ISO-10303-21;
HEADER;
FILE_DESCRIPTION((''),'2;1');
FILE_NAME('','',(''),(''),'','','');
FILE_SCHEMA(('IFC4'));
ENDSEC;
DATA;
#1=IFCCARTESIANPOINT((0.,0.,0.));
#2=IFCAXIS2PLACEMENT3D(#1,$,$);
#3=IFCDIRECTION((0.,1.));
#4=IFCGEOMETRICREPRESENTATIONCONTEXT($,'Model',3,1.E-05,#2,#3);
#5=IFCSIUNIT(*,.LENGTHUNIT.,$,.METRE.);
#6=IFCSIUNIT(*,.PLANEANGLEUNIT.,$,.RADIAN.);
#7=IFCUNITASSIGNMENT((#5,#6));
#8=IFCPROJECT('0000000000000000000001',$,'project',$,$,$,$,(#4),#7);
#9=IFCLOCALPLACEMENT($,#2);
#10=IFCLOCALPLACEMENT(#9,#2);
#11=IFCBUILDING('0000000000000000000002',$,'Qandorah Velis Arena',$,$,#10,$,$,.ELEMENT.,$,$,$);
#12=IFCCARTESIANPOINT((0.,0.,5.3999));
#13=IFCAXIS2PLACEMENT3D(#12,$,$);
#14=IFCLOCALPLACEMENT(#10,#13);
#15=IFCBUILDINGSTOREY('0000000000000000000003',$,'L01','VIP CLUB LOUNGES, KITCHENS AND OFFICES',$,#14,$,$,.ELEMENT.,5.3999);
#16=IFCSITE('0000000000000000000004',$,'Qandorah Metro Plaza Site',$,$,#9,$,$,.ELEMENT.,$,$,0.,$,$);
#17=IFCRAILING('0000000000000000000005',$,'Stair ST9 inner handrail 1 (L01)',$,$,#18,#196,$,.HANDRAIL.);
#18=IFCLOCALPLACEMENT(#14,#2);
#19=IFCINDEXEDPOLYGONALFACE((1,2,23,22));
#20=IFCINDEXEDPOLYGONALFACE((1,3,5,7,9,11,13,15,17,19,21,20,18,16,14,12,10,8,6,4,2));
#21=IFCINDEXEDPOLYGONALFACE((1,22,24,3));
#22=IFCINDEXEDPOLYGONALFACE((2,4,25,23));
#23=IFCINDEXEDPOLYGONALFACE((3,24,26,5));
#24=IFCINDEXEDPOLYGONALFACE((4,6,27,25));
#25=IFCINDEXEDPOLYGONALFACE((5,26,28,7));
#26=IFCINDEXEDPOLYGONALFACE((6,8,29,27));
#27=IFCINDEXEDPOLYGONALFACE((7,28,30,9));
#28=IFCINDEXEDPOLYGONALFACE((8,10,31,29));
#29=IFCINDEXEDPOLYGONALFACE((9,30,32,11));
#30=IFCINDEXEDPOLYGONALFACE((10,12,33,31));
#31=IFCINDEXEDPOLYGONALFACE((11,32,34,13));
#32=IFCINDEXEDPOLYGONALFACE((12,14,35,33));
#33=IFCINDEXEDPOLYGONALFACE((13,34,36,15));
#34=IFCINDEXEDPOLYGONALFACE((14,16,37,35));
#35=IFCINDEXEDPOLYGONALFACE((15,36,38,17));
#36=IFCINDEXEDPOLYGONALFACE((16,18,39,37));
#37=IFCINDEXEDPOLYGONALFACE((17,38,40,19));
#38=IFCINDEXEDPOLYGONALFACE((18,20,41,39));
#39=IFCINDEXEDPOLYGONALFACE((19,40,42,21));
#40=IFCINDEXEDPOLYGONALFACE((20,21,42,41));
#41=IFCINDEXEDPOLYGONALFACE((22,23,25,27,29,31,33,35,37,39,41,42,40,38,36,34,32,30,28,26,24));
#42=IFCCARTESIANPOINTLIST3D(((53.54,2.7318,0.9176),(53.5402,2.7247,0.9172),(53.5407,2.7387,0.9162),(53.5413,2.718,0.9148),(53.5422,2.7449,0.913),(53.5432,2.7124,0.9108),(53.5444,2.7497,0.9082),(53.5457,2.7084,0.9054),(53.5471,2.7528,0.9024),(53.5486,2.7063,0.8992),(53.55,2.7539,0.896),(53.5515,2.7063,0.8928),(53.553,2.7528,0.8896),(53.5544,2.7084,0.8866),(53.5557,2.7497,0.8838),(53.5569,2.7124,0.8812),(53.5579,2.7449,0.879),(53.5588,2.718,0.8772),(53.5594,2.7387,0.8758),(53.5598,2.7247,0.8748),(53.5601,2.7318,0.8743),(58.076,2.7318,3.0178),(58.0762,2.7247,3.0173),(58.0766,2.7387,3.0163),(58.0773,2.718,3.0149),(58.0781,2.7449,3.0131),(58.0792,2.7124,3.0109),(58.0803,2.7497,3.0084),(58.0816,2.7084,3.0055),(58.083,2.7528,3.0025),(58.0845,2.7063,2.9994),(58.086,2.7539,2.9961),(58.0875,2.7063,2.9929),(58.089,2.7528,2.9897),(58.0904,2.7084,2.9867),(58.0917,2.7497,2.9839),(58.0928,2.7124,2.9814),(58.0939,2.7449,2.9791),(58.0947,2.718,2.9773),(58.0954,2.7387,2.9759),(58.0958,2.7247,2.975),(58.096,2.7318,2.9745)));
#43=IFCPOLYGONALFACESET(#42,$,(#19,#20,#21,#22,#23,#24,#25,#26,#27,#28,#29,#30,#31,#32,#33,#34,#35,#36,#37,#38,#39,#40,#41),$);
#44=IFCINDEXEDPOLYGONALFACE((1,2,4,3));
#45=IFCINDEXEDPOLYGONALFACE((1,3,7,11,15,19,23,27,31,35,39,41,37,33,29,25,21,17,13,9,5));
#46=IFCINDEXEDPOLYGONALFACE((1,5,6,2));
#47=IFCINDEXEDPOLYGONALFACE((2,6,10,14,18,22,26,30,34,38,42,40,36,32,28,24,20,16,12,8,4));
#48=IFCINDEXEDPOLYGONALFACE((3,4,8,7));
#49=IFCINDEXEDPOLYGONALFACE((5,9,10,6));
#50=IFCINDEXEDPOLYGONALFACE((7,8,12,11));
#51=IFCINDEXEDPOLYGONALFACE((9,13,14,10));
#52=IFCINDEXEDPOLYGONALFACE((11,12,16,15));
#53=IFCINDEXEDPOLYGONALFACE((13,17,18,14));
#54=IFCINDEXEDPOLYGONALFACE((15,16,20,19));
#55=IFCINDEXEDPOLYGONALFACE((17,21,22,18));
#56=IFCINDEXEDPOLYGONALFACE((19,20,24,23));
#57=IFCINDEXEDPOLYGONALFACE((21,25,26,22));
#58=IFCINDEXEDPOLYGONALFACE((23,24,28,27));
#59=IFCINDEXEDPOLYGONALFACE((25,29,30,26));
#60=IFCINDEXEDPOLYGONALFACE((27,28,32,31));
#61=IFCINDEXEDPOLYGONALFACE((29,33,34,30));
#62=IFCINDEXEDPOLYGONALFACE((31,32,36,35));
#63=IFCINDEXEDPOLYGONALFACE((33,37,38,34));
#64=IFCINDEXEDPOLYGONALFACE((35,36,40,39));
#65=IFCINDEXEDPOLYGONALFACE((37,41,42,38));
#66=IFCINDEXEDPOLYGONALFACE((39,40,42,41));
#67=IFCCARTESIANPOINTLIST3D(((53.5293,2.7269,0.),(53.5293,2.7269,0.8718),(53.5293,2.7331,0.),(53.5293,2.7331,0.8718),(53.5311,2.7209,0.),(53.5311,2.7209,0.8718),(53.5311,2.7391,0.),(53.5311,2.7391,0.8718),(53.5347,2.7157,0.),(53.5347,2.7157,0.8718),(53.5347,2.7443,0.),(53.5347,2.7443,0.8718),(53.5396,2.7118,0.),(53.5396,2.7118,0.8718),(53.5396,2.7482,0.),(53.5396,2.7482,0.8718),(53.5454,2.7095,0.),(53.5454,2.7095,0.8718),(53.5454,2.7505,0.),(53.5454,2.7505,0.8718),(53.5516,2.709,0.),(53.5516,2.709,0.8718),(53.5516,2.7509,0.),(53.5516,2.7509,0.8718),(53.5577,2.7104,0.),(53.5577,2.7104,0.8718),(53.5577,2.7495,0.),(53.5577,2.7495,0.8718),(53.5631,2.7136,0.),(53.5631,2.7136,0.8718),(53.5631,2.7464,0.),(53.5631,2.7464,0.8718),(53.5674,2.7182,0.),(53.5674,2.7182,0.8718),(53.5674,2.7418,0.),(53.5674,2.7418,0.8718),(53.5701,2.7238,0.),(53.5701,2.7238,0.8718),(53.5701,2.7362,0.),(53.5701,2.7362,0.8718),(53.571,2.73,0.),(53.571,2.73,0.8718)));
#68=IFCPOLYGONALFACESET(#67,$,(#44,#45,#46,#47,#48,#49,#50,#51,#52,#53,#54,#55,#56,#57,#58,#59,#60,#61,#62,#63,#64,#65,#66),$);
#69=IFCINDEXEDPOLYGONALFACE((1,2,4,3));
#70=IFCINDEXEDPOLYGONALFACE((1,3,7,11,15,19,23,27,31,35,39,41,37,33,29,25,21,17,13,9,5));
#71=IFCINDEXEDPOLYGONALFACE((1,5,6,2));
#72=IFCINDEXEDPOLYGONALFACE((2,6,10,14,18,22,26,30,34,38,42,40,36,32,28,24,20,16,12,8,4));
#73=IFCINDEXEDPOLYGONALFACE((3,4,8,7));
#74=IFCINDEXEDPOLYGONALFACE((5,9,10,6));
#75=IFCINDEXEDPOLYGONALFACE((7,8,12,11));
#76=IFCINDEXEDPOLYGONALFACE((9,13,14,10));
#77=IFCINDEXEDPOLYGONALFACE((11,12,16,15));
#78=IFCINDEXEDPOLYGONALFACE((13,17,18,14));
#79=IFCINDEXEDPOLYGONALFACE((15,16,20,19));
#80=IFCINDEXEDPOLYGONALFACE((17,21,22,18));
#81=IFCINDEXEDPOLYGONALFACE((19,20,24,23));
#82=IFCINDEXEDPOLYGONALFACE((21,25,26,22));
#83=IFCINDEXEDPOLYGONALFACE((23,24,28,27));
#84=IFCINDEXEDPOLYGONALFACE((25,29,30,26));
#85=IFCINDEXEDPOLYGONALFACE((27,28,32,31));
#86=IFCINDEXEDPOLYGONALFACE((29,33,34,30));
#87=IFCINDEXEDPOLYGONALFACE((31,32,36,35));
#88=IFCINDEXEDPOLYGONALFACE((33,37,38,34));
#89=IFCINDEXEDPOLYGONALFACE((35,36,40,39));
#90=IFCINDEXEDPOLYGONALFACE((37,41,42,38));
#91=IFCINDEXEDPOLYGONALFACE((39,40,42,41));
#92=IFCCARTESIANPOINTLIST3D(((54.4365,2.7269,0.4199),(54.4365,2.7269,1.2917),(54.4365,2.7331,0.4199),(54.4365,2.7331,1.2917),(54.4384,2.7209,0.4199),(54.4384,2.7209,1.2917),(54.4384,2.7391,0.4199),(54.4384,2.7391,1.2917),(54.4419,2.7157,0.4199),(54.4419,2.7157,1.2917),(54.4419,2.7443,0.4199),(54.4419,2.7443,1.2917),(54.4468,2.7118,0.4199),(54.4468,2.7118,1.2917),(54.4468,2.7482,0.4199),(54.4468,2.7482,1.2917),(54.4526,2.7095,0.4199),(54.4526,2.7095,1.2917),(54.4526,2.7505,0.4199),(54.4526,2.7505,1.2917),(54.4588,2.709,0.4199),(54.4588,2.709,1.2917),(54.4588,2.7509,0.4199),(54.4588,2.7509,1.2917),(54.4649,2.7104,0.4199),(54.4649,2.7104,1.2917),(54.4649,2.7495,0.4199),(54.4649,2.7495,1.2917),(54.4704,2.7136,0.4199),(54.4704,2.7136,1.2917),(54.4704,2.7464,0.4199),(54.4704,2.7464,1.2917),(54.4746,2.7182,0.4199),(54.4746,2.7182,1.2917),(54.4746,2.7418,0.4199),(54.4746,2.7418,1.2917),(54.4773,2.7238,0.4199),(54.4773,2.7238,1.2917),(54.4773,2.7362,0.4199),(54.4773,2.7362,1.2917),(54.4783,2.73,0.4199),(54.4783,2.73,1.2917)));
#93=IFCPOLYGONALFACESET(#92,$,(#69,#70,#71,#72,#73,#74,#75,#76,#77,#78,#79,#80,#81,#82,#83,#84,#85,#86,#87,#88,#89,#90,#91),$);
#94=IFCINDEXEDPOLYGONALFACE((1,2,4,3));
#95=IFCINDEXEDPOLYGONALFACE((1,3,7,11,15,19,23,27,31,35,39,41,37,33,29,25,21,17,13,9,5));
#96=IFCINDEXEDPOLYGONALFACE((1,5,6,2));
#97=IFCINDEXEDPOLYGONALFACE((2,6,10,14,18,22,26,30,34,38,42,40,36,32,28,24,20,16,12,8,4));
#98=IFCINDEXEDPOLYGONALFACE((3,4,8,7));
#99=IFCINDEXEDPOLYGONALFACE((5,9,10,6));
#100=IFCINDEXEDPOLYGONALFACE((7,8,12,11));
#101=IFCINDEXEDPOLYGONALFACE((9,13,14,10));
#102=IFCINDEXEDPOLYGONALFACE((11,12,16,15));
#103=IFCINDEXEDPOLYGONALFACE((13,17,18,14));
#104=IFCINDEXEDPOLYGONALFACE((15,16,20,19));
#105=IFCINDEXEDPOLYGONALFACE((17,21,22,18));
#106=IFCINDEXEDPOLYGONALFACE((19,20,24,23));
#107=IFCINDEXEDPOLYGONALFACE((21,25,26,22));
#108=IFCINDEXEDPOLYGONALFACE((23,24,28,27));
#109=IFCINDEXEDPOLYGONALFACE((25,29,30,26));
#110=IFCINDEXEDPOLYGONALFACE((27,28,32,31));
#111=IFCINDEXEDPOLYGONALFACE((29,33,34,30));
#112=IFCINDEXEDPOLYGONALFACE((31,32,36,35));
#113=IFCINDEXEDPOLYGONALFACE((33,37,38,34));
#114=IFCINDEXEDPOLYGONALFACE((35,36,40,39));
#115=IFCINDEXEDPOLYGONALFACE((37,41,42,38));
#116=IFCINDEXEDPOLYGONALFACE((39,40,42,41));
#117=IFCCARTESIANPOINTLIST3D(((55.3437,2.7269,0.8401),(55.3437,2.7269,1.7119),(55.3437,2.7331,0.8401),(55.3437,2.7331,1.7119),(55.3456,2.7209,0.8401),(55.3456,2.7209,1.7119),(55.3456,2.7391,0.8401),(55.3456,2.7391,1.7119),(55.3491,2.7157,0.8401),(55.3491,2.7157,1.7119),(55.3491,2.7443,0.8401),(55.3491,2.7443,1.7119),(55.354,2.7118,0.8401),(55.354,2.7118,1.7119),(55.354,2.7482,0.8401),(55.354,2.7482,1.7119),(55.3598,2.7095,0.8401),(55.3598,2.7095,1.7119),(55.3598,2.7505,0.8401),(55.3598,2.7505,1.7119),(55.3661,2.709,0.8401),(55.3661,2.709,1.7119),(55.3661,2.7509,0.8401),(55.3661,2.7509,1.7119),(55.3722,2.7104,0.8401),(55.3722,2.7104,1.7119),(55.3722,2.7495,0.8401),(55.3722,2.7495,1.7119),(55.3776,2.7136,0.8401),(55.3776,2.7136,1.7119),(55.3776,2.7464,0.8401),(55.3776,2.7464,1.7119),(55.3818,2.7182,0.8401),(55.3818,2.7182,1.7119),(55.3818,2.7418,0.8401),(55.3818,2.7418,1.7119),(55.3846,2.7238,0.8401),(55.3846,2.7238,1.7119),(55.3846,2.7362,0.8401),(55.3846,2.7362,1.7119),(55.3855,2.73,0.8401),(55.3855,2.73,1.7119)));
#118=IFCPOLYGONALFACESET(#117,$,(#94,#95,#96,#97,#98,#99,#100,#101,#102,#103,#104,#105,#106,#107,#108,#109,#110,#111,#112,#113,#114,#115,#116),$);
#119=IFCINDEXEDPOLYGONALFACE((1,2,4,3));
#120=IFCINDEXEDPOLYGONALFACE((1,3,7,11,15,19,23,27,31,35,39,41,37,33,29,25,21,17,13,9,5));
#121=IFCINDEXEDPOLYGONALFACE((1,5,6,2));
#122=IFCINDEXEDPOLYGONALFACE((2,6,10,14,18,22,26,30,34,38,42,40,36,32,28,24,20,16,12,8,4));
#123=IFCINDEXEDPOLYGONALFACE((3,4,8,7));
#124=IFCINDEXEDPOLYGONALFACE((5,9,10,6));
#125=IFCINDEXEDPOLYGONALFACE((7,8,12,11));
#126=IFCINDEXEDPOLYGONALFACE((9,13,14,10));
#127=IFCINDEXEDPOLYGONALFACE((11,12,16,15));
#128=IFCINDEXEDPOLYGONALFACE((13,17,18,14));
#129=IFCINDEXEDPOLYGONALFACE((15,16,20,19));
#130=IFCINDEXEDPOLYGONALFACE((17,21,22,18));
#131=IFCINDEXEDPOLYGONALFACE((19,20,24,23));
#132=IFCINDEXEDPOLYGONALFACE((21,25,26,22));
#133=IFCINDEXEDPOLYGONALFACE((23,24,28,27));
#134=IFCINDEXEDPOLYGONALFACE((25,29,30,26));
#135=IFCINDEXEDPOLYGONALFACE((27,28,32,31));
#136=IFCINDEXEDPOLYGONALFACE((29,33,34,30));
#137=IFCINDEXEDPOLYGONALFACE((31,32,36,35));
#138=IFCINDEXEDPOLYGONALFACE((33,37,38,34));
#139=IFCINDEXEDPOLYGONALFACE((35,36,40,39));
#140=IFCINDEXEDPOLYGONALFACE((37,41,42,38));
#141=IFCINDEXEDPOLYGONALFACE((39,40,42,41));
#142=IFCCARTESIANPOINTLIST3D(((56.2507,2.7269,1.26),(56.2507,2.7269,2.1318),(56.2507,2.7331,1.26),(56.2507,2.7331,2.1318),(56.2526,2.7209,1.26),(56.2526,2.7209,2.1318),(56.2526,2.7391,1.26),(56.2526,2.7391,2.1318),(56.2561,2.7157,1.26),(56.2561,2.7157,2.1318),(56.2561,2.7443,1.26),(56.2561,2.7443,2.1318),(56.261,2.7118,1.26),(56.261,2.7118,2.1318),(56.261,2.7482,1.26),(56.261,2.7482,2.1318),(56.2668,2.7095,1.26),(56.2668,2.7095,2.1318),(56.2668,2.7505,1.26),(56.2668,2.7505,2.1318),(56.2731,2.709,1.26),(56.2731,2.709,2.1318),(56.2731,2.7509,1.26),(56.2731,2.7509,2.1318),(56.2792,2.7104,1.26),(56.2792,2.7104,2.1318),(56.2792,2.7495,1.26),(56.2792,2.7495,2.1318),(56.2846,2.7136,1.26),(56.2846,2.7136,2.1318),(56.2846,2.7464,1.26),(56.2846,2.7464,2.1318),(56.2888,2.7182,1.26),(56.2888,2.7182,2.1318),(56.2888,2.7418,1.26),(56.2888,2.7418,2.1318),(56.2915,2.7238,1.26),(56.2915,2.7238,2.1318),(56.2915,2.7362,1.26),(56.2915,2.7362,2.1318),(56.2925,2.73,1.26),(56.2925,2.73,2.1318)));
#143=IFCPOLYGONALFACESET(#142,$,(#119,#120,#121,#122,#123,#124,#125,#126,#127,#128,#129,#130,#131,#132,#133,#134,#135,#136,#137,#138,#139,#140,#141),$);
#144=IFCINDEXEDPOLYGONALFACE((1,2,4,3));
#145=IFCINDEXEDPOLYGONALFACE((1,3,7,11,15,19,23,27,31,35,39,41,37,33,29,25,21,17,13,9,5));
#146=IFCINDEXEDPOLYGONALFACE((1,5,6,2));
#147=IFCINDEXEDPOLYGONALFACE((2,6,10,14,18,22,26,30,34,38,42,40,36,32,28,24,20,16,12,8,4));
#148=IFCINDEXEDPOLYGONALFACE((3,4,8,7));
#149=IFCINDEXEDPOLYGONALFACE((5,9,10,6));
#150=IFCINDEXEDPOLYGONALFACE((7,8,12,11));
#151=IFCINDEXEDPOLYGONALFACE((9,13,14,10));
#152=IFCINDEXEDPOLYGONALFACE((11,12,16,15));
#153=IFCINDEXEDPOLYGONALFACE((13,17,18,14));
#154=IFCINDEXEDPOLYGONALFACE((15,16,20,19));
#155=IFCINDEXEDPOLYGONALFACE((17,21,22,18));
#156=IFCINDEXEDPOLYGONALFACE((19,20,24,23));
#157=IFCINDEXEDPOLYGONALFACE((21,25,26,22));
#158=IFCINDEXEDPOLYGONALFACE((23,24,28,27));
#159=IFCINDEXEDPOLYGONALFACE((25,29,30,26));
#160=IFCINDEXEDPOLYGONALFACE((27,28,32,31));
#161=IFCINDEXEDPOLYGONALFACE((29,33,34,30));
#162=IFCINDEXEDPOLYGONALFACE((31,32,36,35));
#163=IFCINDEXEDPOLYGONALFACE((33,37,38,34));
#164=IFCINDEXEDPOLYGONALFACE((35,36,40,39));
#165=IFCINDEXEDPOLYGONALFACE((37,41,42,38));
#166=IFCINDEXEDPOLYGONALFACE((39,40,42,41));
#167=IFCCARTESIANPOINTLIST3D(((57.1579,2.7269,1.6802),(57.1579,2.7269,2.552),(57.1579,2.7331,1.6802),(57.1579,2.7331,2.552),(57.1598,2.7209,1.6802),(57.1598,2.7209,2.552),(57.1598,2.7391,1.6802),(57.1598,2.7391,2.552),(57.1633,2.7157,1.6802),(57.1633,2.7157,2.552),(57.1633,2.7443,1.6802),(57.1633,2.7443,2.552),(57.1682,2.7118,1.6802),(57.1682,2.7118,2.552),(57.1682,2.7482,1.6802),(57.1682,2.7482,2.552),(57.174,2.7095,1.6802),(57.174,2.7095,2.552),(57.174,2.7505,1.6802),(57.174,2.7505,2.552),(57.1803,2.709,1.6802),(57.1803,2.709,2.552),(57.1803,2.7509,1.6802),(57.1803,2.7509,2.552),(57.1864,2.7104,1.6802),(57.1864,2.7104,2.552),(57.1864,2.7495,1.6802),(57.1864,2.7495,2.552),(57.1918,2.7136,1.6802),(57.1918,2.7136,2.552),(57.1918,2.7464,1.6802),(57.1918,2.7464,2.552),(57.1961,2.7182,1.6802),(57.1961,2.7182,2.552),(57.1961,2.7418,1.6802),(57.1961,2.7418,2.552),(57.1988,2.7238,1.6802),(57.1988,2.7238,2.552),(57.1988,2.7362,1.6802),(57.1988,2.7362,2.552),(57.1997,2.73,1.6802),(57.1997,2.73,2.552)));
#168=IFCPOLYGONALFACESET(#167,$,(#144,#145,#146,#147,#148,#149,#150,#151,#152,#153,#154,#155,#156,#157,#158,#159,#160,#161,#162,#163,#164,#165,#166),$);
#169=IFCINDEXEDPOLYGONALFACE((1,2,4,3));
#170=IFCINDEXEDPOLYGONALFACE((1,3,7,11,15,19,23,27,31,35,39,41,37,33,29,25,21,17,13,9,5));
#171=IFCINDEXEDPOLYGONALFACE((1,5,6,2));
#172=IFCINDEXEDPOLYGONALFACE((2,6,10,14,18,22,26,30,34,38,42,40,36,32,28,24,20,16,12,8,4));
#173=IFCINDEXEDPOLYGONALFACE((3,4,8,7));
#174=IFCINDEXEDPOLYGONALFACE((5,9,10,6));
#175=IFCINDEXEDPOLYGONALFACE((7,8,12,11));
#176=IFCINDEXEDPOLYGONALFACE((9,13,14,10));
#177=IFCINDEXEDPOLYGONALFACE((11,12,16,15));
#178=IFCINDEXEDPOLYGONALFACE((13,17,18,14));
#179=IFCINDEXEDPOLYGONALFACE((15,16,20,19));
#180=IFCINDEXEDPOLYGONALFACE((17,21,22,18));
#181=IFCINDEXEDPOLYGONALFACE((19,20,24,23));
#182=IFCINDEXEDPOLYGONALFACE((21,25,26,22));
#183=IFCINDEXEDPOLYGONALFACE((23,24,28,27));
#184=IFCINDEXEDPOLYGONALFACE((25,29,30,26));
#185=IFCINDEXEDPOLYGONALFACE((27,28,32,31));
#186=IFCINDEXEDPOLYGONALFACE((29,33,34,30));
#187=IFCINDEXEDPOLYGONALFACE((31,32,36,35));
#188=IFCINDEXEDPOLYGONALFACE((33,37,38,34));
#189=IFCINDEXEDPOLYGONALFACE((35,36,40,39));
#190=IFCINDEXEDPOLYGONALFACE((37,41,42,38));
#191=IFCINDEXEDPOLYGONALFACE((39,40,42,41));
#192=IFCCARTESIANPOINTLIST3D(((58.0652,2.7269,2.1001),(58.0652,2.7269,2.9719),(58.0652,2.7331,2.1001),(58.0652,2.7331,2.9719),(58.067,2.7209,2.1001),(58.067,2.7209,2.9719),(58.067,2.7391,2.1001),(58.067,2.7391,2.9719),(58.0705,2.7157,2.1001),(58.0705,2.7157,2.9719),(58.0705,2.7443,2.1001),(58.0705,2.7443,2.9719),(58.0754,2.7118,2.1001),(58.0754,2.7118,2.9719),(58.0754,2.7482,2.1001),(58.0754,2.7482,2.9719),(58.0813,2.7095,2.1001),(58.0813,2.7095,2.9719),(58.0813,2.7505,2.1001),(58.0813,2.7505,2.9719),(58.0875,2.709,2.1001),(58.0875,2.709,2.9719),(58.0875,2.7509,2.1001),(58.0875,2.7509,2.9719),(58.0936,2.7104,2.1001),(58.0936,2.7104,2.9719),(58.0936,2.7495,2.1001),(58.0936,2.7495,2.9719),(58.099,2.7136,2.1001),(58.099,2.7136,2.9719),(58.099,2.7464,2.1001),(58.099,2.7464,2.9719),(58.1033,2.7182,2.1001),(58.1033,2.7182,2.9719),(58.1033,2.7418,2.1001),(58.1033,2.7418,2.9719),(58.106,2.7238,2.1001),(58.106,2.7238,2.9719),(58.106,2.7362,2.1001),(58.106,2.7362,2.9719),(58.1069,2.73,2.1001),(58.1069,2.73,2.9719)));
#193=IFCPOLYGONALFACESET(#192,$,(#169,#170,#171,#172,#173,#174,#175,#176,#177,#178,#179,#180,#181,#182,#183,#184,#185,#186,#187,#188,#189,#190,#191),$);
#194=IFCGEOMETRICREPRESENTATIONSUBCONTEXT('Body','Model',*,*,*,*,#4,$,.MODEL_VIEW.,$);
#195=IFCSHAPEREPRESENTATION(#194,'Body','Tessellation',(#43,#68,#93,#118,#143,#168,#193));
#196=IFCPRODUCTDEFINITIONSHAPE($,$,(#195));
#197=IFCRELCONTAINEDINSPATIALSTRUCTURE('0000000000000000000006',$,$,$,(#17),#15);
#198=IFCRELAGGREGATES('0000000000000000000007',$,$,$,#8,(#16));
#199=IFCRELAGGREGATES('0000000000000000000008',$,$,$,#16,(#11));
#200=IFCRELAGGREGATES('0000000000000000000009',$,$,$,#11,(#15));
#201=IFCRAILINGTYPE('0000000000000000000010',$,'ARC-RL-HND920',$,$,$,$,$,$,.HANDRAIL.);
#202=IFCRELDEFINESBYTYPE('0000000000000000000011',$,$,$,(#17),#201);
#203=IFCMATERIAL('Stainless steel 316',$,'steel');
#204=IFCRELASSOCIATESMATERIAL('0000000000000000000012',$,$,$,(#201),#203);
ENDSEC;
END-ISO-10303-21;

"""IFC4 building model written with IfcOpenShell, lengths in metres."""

from ifc_helpers import new_model, si_unit, direction, frame, origin, origin_2d, place, context, subcontext, project, spatial, circle, extrude, material, type_object, element, save


model = new_model("IFC4")

# Units and contexts
model_context = context("Model", 3, precision=1e-05, world=origin(), true_north=direction((0.0, 1.0)))
body_context = subcontext(model_context, "Body", "Model", "MODEL_VIEW")
ifc_project = project(units=[si_unit("LENGTHUNIT", "METRE"), si_unit("PLANEANGLEUNIT", "RADIAN")], contexts=[model_context])

# Site, building, storey
site_placement = place(None, origin())
site = spatial("IfcSite", under=ifc_project, at=site_placement, Name="Qandorah Metro Plaza Site", CompositionType="ELEMENT", RefElevation=0.0)
building_placement = place(site_placement, origin())
building = spatial("IfcBuilding", under=site, at=building_placement, Name="Qandorah Velis Arena", CompositionType="ELEMENT")
storey_placement = place(building_placement, frame((0.0, 0.0, 5.3999)))
storey = spatial("IfcBuildingStorey", under=building, at=storey_placement, Name="L01", Description="VIP CLUB LOUNGES, KITCHENS AND OFFICES", CompositionType="ELEMENT", Elevation=5.3999)

# Railing
ifc_material_1 = material(Name="Stainless steel 316", Category="steel")
railing_type_1 = type_object("IfcRailingType", Name="ARC-RL-HND920", PredefinedType="HANDRAIL", material=ifc_material_1)
railing_1_placement = place(storey_placement, frame((53.55, 2.73, 0.0)))
element("IfcRailing", 1, at=railing_1_placement, inside=storey, type_object=railing_type_1, Name="Stair ST9 inner handrail 1 (L01)", PredefinedType="HANDRAIL", context=body_context, shape_type="SweptSolid", body=[
    extrude(circle(Radius=0.0239, at=origin_2d()), frame((0.0, 0.0, 0.896), z_axis=(0.907456, 0.0, 0.420148), x_axis=(0.0, 1.0, 0.0)), (0.0, 0.0, 1.0), 4.9985),
    extrude(circle(Radius=0.021, at=origin_2d()), origin(), (0.0, 0.0, 1.0), 0.8718),
    extrude(circle(Radius=0.021, at=origin_2d()), frame((0.9072, 0.0, 0.4199)), (0.0, 0.0, 1.0), 0.8718),
    extrude(circle(Radius=0.021, at=origin_2d()), frame((1.8145, 0.0, 0.8401)), (0.0, 0.0, 1.0), 0.8718),
    extrude(circle(Radius=0.021, at=origin_2d()), frame((2.7214, 0.0, 1.26)), (0.0, 0.0, 1.0), 0.8718),
    extrude(circle(Radius=0.021, at=origin_2d()), frame((3.6287, 0.0, 1.6802)), (0.0, 0.0, 1.0), 0.8718),
    extrude(circle(Radius=0.021, at=origin_2d()), frame((4.5359, 0.0, 2.1001)), (0.0, 0.0, 1.0), 0.8718),
])

save(model, "model.ifc")
